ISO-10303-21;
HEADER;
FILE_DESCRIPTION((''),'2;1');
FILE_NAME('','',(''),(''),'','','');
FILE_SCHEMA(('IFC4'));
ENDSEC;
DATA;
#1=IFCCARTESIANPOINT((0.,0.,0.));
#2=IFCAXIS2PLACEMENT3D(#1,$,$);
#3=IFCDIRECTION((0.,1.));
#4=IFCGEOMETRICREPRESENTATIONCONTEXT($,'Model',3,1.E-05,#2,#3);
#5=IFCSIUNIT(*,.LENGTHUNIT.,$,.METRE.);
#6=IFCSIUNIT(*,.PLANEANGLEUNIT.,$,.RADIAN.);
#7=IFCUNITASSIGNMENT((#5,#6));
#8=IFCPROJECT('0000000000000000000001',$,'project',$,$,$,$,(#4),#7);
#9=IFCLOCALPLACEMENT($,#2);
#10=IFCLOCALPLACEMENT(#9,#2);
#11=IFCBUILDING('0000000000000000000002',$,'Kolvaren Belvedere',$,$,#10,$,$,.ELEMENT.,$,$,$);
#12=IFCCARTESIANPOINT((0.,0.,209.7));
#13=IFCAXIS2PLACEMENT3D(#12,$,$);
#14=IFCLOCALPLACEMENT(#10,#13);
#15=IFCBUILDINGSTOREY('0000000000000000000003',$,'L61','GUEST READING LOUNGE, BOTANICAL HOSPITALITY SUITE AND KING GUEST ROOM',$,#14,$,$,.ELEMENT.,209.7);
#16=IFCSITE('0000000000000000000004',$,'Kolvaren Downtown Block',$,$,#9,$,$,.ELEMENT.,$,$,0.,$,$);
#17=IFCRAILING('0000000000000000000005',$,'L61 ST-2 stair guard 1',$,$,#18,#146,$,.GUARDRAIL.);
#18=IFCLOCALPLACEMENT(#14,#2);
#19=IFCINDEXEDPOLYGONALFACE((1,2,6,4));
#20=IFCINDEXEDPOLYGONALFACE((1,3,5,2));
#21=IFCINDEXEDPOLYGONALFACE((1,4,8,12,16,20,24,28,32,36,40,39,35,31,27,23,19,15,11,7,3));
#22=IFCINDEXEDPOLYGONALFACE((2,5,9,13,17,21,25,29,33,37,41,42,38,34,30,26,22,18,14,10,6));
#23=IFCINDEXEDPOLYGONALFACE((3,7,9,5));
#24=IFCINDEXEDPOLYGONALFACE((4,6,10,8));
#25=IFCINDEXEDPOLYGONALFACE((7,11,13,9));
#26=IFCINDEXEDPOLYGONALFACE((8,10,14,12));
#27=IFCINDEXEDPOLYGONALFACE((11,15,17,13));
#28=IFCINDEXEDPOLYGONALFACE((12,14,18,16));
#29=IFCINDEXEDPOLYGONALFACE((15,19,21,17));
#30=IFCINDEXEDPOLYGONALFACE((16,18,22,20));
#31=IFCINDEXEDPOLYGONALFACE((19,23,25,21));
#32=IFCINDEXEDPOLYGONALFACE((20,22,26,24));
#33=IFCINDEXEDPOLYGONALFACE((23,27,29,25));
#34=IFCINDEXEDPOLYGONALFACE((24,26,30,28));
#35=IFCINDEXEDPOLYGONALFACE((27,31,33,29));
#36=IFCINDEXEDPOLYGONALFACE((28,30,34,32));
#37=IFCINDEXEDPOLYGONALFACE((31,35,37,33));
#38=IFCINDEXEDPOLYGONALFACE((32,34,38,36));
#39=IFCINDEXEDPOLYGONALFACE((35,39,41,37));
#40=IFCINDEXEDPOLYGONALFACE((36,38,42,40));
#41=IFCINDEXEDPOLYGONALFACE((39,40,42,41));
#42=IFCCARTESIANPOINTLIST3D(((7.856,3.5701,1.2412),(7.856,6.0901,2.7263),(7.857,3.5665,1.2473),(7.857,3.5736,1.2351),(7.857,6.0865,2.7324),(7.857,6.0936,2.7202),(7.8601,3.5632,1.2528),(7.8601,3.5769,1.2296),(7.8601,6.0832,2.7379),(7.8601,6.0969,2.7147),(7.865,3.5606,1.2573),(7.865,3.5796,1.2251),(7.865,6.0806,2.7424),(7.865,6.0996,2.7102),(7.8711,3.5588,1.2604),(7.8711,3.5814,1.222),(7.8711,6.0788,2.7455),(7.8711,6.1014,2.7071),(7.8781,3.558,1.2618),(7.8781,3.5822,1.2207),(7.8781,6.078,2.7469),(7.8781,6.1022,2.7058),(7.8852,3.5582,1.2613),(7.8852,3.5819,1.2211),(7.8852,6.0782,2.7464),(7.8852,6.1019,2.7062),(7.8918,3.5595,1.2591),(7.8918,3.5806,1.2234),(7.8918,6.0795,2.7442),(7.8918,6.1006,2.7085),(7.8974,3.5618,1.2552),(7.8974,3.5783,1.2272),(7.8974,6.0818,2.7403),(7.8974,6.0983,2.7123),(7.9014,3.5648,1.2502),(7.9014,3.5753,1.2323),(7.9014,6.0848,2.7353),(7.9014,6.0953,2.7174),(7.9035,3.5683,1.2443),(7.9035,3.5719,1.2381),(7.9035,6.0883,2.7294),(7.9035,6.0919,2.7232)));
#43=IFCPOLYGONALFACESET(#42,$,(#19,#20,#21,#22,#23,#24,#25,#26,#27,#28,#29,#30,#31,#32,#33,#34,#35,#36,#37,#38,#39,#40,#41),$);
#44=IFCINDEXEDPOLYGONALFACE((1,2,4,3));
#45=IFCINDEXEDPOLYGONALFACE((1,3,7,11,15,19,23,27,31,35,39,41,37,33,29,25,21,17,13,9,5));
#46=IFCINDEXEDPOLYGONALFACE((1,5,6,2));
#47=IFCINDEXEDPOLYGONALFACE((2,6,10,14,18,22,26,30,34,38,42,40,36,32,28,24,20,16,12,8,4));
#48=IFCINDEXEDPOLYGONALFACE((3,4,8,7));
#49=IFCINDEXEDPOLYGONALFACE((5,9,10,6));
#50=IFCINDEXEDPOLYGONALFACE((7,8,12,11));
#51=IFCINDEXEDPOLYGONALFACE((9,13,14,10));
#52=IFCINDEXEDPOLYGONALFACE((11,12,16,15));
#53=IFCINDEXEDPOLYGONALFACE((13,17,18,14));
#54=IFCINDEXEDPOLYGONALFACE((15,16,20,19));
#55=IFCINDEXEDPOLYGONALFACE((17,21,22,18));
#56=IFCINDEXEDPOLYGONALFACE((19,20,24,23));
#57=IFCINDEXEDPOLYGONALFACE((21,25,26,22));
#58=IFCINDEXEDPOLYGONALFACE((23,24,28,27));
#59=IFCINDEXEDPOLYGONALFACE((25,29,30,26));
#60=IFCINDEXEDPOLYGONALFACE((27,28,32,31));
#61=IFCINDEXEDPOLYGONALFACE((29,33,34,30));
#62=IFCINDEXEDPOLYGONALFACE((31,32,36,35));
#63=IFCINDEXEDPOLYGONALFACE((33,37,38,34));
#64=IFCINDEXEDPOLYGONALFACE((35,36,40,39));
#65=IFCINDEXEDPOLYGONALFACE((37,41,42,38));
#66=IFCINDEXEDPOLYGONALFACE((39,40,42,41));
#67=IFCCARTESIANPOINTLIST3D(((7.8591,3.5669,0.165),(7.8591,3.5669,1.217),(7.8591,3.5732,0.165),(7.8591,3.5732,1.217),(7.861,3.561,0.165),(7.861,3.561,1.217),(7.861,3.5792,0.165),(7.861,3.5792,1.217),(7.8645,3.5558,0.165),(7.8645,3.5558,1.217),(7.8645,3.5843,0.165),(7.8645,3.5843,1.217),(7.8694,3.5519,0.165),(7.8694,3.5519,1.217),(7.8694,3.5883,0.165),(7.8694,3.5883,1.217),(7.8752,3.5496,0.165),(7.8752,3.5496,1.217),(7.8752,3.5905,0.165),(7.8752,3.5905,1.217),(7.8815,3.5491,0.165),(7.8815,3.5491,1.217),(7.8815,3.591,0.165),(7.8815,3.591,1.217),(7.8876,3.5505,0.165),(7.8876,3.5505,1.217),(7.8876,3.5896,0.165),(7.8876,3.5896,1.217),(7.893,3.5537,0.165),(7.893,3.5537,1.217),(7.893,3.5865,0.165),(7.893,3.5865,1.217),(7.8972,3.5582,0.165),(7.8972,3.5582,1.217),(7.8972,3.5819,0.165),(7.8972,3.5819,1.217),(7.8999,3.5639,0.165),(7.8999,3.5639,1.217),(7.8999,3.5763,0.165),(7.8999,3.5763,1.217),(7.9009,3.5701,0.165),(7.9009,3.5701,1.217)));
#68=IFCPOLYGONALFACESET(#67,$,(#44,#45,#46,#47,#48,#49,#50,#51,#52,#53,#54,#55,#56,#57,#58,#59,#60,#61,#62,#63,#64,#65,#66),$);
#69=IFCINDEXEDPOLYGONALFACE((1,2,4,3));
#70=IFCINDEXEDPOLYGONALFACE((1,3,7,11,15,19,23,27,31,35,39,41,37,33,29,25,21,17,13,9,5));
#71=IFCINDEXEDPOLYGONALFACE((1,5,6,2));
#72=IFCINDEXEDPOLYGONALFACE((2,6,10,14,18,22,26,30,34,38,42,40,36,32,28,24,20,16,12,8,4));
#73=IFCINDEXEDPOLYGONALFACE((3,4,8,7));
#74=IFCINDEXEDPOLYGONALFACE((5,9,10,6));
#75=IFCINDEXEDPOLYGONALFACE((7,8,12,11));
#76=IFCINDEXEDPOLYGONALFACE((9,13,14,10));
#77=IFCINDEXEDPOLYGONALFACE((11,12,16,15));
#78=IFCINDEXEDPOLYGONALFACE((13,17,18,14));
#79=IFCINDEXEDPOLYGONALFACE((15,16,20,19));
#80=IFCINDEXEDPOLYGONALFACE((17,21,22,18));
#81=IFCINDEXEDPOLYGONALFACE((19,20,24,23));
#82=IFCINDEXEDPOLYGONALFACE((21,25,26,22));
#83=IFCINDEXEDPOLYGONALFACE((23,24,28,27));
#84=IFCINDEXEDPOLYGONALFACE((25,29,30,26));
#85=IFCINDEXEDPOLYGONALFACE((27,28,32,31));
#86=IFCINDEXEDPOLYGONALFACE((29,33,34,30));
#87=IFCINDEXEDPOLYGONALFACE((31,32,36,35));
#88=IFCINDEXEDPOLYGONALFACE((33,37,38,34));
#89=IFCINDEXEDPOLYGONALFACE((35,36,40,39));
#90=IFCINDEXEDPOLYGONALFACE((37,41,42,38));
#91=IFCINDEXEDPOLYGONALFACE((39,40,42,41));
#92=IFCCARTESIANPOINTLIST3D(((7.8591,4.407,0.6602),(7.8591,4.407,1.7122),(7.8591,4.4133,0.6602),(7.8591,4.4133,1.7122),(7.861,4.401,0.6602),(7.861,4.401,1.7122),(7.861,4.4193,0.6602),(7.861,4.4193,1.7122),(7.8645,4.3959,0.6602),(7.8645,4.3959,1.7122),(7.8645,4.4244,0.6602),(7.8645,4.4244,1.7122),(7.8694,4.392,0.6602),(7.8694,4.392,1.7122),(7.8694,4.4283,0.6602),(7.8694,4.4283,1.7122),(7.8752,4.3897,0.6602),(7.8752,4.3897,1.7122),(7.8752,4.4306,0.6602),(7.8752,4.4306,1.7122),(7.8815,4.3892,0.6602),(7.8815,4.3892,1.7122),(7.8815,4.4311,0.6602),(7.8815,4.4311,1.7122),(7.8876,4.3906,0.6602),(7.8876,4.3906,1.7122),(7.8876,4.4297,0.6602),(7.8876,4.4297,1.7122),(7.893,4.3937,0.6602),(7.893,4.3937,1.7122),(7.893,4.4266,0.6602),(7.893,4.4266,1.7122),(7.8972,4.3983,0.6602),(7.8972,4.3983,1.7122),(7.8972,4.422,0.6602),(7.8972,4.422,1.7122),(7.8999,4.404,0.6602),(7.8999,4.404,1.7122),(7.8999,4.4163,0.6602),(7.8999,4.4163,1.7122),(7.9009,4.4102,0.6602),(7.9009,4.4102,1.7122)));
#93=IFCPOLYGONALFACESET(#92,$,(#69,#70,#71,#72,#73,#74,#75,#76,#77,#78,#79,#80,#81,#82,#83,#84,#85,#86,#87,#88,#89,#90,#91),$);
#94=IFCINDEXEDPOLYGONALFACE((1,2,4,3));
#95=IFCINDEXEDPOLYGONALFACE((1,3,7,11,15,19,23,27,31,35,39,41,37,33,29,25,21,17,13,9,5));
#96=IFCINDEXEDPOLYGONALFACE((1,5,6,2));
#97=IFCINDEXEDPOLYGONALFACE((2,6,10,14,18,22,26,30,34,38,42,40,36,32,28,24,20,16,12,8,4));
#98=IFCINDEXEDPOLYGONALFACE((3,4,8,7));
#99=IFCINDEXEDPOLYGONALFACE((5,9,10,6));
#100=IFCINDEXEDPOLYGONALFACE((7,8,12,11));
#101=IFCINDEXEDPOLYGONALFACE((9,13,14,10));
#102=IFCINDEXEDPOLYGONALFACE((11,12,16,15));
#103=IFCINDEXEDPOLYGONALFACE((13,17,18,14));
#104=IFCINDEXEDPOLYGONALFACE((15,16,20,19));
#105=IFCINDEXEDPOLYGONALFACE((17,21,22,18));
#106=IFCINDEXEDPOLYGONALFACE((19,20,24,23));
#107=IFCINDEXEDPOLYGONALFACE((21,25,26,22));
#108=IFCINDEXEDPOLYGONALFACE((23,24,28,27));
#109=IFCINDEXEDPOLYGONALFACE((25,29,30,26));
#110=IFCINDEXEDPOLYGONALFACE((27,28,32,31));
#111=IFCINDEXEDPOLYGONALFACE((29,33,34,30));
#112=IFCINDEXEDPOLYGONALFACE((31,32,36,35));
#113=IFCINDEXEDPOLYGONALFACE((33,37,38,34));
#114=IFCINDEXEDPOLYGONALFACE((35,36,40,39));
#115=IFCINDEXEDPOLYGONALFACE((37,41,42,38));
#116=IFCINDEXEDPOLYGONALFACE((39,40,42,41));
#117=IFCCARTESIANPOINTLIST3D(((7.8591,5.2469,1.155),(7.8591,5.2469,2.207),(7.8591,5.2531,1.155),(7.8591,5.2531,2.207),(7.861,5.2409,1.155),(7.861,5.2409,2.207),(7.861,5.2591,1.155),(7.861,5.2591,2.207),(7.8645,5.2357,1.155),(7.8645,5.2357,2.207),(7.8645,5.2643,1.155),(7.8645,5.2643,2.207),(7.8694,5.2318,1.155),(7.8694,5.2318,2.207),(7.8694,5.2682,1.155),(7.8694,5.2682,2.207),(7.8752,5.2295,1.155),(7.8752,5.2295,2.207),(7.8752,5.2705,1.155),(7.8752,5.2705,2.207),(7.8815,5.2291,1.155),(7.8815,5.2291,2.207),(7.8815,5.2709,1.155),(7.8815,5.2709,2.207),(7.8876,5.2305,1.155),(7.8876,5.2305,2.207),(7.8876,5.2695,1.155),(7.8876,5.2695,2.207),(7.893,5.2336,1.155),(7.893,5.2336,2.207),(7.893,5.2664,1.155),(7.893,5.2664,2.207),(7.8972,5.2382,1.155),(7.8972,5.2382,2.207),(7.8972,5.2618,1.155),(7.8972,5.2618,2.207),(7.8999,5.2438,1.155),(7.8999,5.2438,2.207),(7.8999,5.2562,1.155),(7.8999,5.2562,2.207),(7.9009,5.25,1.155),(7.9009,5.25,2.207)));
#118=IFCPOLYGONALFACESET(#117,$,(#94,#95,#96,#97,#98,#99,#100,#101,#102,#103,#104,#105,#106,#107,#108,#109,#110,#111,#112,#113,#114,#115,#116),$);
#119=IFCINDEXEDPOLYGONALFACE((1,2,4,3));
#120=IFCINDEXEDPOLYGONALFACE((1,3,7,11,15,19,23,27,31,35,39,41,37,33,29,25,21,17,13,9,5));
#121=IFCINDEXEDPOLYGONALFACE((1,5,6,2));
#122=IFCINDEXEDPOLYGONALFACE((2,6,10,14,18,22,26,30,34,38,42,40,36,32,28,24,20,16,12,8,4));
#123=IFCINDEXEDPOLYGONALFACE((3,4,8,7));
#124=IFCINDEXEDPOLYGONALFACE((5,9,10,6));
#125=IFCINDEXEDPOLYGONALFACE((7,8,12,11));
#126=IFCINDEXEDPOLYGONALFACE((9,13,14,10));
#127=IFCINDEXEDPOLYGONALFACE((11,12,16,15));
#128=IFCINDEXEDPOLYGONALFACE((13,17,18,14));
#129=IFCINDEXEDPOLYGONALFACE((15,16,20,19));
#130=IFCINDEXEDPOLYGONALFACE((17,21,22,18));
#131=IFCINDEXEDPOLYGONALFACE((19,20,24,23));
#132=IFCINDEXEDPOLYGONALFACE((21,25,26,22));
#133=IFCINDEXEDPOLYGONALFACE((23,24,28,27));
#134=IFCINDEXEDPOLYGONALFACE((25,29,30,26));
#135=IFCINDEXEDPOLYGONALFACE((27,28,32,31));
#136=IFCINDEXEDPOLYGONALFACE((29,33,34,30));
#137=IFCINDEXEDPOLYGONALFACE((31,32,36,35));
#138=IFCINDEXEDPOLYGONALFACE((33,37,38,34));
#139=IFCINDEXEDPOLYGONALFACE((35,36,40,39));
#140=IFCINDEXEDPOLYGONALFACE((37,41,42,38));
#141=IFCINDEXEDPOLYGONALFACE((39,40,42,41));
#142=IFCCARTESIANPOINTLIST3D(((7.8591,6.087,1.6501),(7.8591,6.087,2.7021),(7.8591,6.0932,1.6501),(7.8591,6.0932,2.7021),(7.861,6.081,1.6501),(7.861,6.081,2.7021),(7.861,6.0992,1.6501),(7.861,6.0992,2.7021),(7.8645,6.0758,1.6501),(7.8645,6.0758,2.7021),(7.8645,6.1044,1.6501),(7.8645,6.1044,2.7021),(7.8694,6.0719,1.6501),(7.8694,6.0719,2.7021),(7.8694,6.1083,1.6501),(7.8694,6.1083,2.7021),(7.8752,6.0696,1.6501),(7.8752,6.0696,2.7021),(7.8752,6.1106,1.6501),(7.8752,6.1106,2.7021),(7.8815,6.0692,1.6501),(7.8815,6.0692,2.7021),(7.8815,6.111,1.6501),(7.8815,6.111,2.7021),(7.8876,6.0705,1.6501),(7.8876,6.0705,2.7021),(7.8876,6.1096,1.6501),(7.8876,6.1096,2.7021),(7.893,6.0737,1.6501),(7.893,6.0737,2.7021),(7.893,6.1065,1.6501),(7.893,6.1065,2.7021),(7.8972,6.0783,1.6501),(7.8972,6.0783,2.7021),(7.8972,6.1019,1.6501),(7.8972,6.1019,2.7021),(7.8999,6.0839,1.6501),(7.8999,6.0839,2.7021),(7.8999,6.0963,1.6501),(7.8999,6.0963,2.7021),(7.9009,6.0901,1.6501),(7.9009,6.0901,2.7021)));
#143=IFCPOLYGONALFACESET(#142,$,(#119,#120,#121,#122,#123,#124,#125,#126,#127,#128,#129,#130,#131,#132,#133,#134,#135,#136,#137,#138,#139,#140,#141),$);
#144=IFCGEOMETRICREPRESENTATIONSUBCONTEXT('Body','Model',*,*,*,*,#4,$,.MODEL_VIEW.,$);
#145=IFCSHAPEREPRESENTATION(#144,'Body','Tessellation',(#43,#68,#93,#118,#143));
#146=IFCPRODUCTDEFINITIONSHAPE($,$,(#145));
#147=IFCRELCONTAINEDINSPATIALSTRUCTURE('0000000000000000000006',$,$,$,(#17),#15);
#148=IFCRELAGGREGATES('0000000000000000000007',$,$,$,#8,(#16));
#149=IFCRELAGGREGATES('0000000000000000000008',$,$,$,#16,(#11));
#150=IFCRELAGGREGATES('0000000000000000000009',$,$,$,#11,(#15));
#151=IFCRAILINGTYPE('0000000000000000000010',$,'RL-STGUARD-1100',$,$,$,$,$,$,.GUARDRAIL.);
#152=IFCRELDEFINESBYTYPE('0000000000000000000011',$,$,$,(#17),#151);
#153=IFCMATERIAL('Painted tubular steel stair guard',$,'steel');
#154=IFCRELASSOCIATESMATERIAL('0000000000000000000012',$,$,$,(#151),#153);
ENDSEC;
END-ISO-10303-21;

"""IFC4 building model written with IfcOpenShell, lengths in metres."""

from ifc_helpers import new_model, si_unit, direction, frame, origin, origin_2d, place, context, subcontext, project, spatial, circle, extrude, material, type_object, element, save


model = new_model("IFC4")

# Units and contexts
model_context = context("Model", 3, precision=1e-05, world=origin(), true_north=direction((0.0, 1.0)))
body_context = subcontext(model_context, "Body", "Model", "MODEL_VIEW")
ifc_project = project(units=[si_unit("LENGTHUNIT", "METRE"), si_unit("PLANEANGLEUNIT", "RADIAN")], contexts=[model_context])

# Site, building, storey
site_placement = place(None, origin())
site = spatial("IfcSite", under=ifc_project, at=site_placement, Name="Kolvaren Downtown Block", CompositionType="ELEMENT", RefElevation=0.0)
building_placement = place(site_placement, origin())
building = spatial("IfcBuilding", under=site, at=building_placement, Name="Kolvaren Belvedere", CompositionType="ELEMENT")
storey_placement = place(building_placement, frame((0.0, 0.0, 209.7)))
storey = spatial("IfcBuildingStorey", under=building, at=storey_placement, Name="L61", Description="GUEST READING LOUNGE, BOTANICAL HOSPITALITY SUITE AND KING GUEST ROOM", CompositionType="ELEMENT", Elevation=209.7)

# Railing
ifc_material_1 = material(Name="Painted tubular steel stair guard", Category="steel")
railing_type_1 = type_object("IfcRailingType", Name="RL-STGUARD-1100", PredefinedType="GUARDRAIL", material=ifc_material_1)
railing_1_placement = place(storey_placement, frame((7.8799, 3.5701, 0.165)))
element("IfcRailing", 1, at=railing_1_placement, inside=storey, type_object=railing_type_1, Name="L61 ST-2 stair guard 1", PredefinedType="GUARDRAIL", context=body_context, shape_type="SweptSolid", body=[
    extrude(circle(Radius=0.0239, at=origin_2d()), frame((0.0, 0.0, 1.0762), z_axis=(0.0, 0.861524, 0.507717), x_axis=(-1.0, 0.0, 0.0)), (0.0, 0.0, 1.0), 2.925),
    extrude(circle(Radius=0.021, at=origin_2d()), origin(), (0.0, 0.0, 1.0), 1.052),
    extrude(circle(Radius=0.021, at=origin_2d()), frame((0.0, 0.8401, 0.4951)), (0.0, 0.0, 1.0), 1.052),
    extrude(circle(Radius=0.021, at=origin_2d()), frame((0.0, 1.6799, 0.99)), (0.0, 0.0, 1.0), 1.052),
    extrude(circle(Radius=0.021, at=origin_2d()), frame((0.0, 2.52, 1.4851)), (0.0, 0.0, 1.0), 1.052),
])

save(model, "model.ifc")
